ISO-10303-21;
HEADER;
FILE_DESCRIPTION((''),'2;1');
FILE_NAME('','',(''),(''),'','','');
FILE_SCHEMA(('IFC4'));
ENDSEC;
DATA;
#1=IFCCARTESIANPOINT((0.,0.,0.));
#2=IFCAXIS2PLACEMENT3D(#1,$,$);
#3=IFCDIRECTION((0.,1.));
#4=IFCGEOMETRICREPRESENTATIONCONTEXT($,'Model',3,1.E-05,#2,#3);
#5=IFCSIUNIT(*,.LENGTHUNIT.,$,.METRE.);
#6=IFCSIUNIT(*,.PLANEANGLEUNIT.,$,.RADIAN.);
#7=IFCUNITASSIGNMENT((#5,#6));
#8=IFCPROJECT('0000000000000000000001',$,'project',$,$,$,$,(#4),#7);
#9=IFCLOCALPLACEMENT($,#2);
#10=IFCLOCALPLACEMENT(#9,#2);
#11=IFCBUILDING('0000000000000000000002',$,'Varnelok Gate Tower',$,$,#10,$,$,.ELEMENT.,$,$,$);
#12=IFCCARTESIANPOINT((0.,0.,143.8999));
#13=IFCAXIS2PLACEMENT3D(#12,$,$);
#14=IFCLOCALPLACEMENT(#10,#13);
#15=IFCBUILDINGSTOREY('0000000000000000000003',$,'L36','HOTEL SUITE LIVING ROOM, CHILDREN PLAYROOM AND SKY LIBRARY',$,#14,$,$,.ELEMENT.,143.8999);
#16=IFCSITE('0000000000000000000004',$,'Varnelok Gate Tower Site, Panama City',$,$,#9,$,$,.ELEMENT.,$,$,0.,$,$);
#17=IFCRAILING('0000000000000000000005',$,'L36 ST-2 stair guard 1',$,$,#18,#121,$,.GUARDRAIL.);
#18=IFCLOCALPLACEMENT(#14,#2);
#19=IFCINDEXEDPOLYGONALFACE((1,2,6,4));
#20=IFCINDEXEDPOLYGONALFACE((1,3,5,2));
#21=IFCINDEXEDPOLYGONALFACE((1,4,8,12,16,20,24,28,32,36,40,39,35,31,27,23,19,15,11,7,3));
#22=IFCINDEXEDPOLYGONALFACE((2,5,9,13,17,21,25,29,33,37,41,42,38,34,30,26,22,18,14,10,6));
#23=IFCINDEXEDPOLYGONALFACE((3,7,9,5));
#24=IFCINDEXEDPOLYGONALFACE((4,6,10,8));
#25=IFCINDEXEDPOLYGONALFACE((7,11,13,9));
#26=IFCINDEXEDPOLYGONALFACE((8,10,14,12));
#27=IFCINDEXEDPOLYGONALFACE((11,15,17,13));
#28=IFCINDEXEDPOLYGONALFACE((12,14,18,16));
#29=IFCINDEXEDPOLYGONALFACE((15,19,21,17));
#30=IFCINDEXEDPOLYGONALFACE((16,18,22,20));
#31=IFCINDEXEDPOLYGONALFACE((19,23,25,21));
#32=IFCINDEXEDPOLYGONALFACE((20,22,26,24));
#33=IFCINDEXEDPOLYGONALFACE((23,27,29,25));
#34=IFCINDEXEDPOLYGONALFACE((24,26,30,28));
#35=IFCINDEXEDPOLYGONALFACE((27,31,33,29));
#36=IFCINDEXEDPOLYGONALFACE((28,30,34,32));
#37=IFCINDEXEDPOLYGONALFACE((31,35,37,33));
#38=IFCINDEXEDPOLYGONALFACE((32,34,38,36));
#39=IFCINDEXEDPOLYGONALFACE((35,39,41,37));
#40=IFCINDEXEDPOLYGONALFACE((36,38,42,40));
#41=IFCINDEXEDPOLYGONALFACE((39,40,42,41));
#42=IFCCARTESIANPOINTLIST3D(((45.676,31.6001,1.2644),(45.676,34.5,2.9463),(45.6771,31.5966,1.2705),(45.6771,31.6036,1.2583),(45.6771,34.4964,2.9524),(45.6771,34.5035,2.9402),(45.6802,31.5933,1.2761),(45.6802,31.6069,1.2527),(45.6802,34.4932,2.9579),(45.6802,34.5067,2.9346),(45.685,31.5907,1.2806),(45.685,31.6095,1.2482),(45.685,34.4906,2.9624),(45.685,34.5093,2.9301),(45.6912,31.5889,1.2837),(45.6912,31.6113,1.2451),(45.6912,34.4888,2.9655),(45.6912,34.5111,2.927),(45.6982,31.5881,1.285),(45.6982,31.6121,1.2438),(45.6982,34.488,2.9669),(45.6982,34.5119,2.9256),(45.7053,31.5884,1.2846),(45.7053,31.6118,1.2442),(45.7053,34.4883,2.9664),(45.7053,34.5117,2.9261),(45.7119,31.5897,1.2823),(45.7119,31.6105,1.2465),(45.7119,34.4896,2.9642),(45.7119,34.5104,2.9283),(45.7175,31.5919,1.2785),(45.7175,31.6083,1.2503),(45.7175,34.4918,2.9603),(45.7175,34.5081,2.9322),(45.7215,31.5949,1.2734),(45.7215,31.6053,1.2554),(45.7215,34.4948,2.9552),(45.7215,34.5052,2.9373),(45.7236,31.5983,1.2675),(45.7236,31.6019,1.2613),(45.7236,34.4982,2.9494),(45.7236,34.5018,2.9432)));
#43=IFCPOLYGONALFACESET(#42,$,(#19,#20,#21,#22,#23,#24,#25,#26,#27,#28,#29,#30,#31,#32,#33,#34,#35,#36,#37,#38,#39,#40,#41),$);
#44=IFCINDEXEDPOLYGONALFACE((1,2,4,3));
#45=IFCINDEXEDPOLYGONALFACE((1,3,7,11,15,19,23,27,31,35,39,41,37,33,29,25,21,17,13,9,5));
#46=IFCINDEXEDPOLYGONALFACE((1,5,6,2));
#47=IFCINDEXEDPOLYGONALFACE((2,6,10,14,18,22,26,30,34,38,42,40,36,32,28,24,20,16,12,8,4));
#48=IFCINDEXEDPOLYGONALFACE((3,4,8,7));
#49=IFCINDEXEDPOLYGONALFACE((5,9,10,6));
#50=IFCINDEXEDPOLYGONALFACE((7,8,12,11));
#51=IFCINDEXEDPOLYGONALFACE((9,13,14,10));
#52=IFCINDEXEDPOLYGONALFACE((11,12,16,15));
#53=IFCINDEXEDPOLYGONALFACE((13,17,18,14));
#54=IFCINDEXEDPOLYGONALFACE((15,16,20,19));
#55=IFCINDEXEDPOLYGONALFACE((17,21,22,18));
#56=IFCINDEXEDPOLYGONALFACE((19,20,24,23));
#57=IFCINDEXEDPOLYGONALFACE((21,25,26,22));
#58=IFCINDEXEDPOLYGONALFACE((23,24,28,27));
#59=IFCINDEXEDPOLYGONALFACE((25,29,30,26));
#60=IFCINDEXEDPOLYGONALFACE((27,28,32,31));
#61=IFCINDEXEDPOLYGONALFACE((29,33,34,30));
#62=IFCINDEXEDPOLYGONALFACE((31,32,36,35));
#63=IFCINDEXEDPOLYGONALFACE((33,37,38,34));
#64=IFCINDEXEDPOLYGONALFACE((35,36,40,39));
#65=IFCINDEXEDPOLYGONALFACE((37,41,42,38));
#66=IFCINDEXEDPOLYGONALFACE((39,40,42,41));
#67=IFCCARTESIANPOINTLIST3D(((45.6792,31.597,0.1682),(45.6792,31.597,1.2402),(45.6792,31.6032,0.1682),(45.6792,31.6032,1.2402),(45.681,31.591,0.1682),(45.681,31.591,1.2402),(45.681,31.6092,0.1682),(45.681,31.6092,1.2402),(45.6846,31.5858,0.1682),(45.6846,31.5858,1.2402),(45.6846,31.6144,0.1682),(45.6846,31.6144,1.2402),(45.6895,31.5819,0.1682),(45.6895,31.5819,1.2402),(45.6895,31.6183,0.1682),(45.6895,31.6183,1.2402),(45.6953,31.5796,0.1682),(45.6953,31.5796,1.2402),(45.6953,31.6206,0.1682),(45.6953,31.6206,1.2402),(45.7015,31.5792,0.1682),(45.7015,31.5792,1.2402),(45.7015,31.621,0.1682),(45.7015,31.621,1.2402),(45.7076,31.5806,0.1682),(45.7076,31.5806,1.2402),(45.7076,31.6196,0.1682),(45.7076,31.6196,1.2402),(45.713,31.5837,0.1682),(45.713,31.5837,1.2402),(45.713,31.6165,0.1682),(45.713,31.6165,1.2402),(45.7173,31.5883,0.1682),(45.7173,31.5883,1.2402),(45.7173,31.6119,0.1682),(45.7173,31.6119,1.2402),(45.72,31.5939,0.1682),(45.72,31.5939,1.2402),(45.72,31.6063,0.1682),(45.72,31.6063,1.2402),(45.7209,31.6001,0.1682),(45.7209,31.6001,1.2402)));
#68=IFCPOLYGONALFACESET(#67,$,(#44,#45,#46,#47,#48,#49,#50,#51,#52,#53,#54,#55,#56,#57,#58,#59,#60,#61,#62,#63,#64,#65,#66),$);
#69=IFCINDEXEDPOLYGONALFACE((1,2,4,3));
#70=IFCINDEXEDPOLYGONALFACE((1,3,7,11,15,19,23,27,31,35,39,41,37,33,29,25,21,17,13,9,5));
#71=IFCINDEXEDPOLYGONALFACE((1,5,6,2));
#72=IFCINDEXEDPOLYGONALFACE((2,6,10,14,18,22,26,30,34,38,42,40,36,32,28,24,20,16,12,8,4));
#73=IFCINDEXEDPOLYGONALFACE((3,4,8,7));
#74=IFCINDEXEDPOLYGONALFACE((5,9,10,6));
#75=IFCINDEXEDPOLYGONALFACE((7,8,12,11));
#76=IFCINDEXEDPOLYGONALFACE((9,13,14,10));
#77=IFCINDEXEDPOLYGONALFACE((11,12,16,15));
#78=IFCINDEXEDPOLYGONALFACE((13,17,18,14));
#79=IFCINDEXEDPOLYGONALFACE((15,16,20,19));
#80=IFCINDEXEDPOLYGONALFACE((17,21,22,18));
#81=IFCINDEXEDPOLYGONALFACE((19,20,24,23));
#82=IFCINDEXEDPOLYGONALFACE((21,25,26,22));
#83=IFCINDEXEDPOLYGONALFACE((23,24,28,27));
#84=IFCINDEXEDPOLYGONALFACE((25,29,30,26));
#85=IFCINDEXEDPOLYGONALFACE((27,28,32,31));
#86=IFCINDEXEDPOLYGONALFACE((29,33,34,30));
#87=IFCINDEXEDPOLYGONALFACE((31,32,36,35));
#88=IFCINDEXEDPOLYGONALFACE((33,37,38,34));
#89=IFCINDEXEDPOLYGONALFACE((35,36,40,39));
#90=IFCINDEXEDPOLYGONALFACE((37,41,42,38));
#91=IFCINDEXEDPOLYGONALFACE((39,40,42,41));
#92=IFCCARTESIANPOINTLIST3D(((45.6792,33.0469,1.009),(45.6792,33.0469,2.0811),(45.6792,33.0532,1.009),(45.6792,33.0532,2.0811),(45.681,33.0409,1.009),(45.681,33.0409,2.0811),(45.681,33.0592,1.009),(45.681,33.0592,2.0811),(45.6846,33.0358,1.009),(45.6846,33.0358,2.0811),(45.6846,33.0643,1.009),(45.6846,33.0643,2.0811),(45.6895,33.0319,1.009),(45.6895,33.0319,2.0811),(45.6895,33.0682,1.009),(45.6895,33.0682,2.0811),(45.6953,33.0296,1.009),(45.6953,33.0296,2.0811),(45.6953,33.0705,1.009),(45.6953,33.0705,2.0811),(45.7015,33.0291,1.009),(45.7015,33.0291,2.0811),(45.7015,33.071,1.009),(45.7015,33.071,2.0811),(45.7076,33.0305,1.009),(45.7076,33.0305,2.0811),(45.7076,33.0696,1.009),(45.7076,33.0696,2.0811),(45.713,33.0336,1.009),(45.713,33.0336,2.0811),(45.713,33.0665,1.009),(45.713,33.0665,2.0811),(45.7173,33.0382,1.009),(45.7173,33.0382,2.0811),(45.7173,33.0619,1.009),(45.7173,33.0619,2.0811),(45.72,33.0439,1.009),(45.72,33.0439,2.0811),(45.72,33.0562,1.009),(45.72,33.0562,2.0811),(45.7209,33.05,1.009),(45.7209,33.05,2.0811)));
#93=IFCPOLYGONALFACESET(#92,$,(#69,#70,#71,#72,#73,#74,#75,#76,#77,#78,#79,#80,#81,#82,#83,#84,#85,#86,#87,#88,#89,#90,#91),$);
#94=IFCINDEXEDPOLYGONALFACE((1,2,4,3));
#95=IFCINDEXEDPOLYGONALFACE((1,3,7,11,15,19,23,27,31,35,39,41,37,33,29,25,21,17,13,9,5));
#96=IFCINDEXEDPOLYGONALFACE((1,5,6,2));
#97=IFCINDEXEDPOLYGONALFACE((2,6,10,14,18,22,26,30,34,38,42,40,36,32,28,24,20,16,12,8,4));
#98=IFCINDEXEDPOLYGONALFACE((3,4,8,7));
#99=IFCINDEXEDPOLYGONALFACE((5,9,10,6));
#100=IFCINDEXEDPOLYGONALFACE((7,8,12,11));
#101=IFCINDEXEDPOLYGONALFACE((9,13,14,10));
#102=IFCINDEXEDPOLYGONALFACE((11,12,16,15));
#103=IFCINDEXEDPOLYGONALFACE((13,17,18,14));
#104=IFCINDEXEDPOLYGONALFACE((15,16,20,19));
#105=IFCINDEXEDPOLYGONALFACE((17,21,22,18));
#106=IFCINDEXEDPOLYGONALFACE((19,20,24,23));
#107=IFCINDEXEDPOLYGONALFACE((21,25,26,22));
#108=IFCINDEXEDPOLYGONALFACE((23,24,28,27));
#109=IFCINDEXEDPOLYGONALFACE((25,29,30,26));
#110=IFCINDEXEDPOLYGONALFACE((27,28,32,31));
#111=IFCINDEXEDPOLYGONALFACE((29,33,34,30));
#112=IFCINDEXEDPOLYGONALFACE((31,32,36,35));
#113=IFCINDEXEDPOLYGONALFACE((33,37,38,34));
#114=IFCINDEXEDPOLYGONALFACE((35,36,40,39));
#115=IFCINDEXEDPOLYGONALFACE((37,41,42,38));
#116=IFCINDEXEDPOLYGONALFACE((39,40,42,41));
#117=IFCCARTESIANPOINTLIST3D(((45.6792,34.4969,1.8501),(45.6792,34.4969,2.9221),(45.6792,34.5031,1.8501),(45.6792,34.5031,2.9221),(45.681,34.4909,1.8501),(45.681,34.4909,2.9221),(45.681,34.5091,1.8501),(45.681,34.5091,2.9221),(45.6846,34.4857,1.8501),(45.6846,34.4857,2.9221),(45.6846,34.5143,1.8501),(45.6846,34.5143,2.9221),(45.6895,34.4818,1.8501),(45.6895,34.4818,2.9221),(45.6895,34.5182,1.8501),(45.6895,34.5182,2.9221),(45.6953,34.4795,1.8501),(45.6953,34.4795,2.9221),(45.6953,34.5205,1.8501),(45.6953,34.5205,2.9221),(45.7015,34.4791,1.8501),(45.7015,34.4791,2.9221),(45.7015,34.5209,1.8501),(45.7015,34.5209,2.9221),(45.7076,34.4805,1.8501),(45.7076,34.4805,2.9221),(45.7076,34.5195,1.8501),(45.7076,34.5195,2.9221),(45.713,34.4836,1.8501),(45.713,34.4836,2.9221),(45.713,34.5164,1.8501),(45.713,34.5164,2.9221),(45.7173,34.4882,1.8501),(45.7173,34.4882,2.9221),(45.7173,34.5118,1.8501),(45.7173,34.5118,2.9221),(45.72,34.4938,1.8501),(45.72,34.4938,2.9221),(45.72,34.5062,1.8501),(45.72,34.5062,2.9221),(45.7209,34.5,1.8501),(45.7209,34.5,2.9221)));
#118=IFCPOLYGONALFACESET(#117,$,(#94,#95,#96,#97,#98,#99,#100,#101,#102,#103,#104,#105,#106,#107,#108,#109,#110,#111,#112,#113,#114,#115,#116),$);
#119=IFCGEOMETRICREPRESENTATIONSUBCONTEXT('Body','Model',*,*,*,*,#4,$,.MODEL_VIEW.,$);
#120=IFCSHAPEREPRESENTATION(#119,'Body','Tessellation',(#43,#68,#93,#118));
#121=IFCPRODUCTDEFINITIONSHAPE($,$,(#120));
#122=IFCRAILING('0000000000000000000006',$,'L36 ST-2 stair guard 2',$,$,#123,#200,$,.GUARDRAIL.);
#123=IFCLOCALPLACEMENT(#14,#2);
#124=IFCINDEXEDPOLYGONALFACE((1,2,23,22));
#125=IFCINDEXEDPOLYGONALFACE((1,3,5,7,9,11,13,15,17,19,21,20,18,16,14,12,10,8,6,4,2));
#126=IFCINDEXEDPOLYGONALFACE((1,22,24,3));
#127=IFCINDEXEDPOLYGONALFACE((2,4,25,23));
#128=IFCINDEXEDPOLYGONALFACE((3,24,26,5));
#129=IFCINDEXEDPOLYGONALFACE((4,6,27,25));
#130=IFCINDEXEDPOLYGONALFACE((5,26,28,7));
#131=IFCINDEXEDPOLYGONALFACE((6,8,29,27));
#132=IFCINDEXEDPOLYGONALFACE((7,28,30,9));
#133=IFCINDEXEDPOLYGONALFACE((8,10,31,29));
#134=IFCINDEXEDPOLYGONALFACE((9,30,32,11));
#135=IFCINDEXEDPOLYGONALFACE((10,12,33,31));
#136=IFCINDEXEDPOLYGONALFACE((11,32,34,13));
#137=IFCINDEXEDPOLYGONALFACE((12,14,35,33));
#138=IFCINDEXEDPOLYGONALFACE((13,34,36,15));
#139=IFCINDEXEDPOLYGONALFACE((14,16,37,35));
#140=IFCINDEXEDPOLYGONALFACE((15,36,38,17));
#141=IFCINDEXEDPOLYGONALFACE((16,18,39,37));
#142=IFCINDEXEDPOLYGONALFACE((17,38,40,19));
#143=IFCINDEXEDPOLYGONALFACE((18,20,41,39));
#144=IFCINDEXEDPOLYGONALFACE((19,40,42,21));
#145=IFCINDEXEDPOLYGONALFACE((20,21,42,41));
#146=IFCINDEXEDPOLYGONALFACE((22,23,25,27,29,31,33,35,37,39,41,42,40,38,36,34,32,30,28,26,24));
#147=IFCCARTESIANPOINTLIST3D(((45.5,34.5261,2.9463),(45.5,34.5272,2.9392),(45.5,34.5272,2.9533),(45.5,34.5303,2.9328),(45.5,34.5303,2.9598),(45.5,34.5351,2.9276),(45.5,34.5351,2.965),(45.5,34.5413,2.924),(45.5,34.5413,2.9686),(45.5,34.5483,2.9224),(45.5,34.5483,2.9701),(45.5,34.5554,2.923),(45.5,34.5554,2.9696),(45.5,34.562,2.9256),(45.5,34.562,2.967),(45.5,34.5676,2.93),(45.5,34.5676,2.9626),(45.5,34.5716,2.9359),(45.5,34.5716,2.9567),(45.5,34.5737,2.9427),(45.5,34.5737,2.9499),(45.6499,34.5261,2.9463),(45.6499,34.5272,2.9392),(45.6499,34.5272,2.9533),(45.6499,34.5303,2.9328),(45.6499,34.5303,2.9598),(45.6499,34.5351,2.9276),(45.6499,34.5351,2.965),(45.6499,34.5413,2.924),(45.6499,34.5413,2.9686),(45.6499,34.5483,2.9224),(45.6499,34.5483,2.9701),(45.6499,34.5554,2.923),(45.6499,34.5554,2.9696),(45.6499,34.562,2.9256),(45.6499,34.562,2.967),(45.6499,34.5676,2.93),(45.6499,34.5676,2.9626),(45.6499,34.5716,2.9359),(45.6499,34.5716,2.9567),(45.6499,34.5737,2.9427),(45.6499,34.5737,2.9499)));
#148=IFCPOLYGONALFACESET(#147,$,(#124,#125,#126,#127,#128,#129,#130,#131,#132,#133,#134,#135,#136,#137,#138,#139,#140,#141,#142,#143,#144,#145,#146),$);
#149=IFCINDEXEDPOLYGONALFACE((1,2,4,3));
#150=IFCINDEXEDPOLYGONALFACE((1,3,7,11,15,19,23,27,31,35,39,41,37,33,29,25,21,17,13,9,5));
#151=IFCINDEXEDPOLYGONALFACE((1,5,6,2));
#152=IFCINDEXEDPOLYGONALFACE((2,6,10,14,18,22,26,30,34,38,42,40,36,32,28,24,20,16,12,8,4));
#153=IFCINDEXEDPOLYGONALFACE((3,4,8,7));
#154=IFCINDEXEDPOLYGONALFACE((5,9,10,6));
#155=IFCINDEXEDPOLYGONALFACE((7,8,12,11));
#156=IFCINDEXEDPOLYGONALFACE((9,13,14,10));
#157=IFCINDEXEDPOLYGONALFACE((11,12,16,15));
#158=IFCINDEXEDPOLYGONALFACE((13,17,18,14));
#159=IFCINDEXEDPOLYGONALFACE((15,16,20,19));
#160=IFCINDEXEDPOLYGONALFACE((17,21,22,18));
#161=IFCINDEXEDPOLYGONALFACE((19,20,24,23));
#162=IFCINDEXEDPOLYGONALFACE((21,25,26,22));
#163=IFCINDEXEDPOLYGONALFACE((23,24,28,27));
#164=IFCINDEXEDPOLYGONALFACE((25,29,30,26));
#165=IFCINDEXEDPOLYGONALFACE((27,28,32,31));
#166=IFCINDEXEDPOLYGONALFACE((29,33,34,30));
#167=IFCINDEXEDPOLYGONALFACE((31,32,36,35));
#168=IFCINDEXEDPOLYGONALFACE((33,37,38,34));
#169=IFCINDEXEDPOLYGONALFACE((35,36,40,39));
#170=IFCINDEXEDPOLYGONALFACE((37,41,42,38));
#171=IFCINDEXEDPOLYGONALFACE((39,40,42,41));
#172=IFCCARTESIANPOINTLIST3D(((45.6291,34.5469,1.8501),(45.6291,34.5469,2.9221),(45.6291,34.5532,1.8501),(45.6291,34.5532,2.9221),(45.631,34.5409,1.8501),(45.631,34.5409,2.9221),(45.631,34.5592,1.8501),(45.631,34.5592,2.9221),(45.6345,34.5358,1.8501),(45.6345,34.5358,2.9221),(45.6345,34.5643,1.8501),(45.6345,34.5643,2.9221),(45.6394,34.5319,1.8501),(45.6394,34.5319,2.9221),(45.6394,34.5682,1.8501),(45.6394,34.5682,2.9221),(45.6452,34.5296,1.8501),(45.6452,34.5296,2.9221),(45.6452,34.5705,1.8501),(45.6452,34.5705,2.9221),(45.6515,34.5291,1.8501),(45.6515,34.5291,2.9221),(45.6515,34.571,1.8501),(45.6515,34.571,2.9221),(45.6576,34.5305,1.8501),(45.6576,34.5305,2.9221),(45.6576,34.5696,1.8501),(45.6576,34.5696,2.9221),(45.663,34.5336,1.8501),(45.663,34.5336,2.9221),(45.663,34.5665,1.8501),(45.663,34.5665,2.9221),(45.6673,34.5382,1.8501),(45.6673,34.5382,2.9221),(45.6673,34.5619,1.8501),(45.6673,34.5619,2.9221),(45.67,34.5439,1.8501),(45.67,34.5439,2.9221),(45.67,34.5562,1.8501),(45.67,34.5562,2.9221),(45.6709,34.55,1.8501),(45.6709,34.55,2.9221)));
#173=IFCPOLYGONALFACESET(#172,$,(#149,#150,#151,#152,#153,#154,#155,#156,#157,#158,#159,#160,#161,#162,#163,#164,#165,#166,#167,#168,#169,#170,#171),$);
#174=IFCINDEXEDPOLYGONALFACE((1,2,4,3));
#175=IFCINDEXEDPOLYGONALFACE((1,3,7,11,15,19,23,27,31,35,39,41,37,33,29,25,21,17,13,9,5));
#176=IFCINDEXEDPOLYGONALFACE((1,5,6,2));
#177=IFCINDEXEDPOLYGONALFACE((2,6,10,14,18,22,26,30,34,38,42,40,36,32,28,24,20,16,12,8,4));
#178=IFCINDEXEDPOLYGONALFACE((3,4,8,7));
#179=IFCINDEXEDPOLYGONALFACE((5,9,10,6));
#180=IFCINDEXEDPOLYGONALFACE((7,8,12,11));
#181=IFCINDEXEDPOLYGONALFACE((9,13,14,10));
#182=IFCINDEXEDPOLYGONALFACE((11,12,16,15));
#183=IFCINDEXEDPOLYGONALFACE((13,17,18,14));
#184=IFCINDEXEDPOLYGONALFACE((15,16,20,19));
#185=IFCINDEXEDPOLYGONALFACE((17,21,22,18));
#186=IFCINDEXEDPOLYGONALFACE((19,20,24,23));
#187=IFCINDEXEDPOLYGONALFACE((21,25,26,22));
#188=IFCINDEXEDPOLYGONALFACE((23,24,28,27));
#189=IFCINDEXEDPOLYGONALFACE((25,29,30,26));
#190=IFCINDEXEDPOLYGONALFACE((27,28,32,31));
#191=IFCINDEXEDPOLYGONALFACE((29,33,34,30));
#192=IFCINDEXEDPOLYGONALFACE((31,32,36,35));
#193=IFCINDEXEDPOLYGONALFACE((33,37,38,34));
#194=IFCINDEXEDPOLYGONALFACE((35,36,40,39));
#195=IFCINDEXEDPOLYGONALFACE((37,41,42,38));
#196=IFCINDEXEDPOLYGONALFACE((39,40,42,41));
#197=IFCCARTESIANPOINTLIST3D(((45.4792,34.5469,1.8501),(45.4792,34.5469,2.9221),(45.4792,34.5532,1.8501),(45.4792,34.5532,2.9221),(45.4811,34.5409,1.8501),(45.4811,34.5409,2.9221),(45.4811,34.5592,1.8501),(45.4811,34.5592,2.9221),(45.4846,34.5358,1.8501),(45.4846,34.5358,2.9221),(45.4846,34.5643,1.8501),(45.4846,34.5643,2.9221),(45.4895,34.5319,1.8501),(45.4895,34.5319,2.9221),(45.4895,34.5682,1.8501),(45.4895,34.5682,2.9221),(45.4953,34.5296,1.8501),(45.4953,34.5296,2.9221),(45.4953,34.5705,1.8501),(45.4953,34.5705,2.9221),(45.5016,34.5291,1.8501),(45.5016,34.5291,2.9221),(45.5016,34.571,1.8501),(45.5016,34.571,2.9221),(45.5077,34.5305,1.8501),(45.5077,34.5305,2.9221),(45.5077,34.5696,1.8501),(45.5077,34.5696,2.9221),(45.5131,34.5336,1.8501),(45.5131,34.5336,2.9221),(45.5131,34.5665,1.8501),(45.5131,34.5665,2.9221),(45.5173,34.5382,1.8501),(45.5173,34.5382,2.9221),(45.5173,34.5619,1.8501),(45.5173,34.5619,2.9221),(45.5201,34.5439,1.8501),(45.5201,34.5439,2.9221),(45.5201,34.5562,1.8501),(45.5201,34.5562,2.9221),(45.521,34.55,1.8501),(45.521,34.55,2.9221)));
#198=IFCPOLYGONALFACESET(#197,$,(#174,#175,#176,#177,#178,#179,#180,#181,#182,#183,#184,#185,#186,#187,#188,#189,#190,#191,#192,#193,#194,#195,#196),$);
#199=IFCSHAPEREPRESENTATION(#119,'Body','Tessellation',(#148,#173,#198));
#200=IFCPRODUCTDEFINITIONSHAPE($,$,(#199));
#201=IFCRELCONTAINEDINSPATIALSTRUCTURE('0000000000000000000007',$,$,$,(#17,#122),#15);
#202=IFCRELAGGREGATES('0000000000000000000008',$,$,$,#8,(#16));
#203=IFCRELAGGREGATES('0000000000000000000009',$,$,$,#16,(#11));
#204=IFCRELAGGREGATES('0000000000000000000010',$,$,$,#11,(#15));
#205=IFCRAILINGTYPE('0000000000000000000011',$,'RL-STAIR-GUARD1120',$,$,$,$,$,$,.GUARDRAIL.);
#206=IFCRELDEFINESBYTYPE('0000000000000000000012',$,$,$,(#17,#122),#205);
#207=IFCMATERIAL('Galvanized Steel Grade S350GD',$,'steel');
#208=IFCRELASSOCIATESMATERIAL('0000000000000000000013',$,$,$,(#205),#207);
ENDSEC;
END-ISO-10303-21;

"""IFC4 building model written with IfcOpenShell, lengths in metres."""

from ifc_helpers import new_model, si_unit, direction, frame, origin, origin_2d, place, context, subcontext, project, spatial, circle, extrude, material, type_object, element, save


model = new_model("IFC4")

# Units and contexts
model_context = context("Model", 3, precision=1e-05, world=origin(), true_north=direction((0.0, 1.0)))
body_context = subcontext(model_context, "Body", "Model", "MODEL_VIEW")
ifc_project = project(units=[si_unit("LENGTHUNIT", "METRE"), si_unit("PLANEANGLEUNIT", "RADIAN")], contexts=[model_context])

# Site, building, storey
site_placement = place(None, origin())
site = spatial("IfcSite", under=ifc_project, at=site_placement, Name="Varnelok Gate Tower Site, Panama City", CompositionType="ELEMENT", RefElevation=0.0)
building_placement = place(site_placement, origin())
building = spatial("IfcBuilding", under=site, at=building_placement, Name="Varnelok Gate Tower", CompositionType="ELEMENT")
storey_placement = place(building_placement, frame((0.0, 0.0, 143.8999)))
storey = spatial("IfcBuildingStorey", under=building, at=storey_placement, Name="L36", Description="HOTEL SUITE LIVING ROOM, CHILDREN PLAYROOM AND SKY LIBRARY", CompositionType="ELEMENT", Elevation=143.8999)

# Shared definitions
ifc_material_1 = material(Name="Galvanized Steel Grade S350GD", Category="steel")

# Railings
railing_type_1 = type_object("IfcRailingType", Name="RL-STAIR-GUARD1120", PredefinedType="GUARDRAIL", material=ifc_material_1)
railing_1_placement = place(storey_placement, frame((45.7, 31.6001, 0.1682)))
element("IfcRailing", 1, at=railing_1_placement, inside=storey, type_object=railing_type_1, Name="L36 ST-2 stair guard 1", PredefinedType="GUARDRAIL", context=body_context, shape_type="SweptSolid", body=[
    extrude(circle(Radius=0.0239, at=origin_2d()), frame((0.0, 0.0, 1.0962), z_axis=(0.0, 0.865039, 0.501705), x_axis=(-1.0, 0.0, 0.0)), (0.0, 0.0, 1.0), 3.3523),
    extrude(circle(Radius=0.021, at=origin_2d()), origin(), (0.0, 0.0, 1.0), 1.072),
    extrude(circle(Radius=0.021, at=origin_2d()), frame((0.0, 1.45, 0.8408)), (0.0, 0.0, 1.0), 1.072),
    extrude(circle(Radius=0.021, at=origin_2d()), frame((0.0, 2.8999, 1.6819)), (0.0, 0.0, 1.0), 1.072),
])
railing_2_placement = place(storey_placement, frame((45.6499, 34.55, 1.8501)))
element("IfcRailing", 2, at=railing_2_placement, inside=storey, type_object=railing_type_1, Name="L36 ST-2 stair guard 2", PredefinedType="GUARDRAIL", context=body_context, shape_type="SweptSolid", body=[
    extrude(circle(Radius=0.0239, at=origin_2d()), frame((0.0, 0.0, 1.0962), z_axis=(-1.0, 0.0, 0.0), x_axis=(0.0, -1.0, 0.0)), (0.0, 0.0, 1.0), 0.1499),
    extrude(circle(Radius=0.021, at=origin_2d()), origin(), (0.0, 0.0, 1.0), 1.072),
    extrude(circle(Radius=0.021, at=origin_2d()), frame((-0.1499, 0.0, 0.0)), (0.0, 0.0, 1.0), 1.072),
])

save(model, "model.ifc")
